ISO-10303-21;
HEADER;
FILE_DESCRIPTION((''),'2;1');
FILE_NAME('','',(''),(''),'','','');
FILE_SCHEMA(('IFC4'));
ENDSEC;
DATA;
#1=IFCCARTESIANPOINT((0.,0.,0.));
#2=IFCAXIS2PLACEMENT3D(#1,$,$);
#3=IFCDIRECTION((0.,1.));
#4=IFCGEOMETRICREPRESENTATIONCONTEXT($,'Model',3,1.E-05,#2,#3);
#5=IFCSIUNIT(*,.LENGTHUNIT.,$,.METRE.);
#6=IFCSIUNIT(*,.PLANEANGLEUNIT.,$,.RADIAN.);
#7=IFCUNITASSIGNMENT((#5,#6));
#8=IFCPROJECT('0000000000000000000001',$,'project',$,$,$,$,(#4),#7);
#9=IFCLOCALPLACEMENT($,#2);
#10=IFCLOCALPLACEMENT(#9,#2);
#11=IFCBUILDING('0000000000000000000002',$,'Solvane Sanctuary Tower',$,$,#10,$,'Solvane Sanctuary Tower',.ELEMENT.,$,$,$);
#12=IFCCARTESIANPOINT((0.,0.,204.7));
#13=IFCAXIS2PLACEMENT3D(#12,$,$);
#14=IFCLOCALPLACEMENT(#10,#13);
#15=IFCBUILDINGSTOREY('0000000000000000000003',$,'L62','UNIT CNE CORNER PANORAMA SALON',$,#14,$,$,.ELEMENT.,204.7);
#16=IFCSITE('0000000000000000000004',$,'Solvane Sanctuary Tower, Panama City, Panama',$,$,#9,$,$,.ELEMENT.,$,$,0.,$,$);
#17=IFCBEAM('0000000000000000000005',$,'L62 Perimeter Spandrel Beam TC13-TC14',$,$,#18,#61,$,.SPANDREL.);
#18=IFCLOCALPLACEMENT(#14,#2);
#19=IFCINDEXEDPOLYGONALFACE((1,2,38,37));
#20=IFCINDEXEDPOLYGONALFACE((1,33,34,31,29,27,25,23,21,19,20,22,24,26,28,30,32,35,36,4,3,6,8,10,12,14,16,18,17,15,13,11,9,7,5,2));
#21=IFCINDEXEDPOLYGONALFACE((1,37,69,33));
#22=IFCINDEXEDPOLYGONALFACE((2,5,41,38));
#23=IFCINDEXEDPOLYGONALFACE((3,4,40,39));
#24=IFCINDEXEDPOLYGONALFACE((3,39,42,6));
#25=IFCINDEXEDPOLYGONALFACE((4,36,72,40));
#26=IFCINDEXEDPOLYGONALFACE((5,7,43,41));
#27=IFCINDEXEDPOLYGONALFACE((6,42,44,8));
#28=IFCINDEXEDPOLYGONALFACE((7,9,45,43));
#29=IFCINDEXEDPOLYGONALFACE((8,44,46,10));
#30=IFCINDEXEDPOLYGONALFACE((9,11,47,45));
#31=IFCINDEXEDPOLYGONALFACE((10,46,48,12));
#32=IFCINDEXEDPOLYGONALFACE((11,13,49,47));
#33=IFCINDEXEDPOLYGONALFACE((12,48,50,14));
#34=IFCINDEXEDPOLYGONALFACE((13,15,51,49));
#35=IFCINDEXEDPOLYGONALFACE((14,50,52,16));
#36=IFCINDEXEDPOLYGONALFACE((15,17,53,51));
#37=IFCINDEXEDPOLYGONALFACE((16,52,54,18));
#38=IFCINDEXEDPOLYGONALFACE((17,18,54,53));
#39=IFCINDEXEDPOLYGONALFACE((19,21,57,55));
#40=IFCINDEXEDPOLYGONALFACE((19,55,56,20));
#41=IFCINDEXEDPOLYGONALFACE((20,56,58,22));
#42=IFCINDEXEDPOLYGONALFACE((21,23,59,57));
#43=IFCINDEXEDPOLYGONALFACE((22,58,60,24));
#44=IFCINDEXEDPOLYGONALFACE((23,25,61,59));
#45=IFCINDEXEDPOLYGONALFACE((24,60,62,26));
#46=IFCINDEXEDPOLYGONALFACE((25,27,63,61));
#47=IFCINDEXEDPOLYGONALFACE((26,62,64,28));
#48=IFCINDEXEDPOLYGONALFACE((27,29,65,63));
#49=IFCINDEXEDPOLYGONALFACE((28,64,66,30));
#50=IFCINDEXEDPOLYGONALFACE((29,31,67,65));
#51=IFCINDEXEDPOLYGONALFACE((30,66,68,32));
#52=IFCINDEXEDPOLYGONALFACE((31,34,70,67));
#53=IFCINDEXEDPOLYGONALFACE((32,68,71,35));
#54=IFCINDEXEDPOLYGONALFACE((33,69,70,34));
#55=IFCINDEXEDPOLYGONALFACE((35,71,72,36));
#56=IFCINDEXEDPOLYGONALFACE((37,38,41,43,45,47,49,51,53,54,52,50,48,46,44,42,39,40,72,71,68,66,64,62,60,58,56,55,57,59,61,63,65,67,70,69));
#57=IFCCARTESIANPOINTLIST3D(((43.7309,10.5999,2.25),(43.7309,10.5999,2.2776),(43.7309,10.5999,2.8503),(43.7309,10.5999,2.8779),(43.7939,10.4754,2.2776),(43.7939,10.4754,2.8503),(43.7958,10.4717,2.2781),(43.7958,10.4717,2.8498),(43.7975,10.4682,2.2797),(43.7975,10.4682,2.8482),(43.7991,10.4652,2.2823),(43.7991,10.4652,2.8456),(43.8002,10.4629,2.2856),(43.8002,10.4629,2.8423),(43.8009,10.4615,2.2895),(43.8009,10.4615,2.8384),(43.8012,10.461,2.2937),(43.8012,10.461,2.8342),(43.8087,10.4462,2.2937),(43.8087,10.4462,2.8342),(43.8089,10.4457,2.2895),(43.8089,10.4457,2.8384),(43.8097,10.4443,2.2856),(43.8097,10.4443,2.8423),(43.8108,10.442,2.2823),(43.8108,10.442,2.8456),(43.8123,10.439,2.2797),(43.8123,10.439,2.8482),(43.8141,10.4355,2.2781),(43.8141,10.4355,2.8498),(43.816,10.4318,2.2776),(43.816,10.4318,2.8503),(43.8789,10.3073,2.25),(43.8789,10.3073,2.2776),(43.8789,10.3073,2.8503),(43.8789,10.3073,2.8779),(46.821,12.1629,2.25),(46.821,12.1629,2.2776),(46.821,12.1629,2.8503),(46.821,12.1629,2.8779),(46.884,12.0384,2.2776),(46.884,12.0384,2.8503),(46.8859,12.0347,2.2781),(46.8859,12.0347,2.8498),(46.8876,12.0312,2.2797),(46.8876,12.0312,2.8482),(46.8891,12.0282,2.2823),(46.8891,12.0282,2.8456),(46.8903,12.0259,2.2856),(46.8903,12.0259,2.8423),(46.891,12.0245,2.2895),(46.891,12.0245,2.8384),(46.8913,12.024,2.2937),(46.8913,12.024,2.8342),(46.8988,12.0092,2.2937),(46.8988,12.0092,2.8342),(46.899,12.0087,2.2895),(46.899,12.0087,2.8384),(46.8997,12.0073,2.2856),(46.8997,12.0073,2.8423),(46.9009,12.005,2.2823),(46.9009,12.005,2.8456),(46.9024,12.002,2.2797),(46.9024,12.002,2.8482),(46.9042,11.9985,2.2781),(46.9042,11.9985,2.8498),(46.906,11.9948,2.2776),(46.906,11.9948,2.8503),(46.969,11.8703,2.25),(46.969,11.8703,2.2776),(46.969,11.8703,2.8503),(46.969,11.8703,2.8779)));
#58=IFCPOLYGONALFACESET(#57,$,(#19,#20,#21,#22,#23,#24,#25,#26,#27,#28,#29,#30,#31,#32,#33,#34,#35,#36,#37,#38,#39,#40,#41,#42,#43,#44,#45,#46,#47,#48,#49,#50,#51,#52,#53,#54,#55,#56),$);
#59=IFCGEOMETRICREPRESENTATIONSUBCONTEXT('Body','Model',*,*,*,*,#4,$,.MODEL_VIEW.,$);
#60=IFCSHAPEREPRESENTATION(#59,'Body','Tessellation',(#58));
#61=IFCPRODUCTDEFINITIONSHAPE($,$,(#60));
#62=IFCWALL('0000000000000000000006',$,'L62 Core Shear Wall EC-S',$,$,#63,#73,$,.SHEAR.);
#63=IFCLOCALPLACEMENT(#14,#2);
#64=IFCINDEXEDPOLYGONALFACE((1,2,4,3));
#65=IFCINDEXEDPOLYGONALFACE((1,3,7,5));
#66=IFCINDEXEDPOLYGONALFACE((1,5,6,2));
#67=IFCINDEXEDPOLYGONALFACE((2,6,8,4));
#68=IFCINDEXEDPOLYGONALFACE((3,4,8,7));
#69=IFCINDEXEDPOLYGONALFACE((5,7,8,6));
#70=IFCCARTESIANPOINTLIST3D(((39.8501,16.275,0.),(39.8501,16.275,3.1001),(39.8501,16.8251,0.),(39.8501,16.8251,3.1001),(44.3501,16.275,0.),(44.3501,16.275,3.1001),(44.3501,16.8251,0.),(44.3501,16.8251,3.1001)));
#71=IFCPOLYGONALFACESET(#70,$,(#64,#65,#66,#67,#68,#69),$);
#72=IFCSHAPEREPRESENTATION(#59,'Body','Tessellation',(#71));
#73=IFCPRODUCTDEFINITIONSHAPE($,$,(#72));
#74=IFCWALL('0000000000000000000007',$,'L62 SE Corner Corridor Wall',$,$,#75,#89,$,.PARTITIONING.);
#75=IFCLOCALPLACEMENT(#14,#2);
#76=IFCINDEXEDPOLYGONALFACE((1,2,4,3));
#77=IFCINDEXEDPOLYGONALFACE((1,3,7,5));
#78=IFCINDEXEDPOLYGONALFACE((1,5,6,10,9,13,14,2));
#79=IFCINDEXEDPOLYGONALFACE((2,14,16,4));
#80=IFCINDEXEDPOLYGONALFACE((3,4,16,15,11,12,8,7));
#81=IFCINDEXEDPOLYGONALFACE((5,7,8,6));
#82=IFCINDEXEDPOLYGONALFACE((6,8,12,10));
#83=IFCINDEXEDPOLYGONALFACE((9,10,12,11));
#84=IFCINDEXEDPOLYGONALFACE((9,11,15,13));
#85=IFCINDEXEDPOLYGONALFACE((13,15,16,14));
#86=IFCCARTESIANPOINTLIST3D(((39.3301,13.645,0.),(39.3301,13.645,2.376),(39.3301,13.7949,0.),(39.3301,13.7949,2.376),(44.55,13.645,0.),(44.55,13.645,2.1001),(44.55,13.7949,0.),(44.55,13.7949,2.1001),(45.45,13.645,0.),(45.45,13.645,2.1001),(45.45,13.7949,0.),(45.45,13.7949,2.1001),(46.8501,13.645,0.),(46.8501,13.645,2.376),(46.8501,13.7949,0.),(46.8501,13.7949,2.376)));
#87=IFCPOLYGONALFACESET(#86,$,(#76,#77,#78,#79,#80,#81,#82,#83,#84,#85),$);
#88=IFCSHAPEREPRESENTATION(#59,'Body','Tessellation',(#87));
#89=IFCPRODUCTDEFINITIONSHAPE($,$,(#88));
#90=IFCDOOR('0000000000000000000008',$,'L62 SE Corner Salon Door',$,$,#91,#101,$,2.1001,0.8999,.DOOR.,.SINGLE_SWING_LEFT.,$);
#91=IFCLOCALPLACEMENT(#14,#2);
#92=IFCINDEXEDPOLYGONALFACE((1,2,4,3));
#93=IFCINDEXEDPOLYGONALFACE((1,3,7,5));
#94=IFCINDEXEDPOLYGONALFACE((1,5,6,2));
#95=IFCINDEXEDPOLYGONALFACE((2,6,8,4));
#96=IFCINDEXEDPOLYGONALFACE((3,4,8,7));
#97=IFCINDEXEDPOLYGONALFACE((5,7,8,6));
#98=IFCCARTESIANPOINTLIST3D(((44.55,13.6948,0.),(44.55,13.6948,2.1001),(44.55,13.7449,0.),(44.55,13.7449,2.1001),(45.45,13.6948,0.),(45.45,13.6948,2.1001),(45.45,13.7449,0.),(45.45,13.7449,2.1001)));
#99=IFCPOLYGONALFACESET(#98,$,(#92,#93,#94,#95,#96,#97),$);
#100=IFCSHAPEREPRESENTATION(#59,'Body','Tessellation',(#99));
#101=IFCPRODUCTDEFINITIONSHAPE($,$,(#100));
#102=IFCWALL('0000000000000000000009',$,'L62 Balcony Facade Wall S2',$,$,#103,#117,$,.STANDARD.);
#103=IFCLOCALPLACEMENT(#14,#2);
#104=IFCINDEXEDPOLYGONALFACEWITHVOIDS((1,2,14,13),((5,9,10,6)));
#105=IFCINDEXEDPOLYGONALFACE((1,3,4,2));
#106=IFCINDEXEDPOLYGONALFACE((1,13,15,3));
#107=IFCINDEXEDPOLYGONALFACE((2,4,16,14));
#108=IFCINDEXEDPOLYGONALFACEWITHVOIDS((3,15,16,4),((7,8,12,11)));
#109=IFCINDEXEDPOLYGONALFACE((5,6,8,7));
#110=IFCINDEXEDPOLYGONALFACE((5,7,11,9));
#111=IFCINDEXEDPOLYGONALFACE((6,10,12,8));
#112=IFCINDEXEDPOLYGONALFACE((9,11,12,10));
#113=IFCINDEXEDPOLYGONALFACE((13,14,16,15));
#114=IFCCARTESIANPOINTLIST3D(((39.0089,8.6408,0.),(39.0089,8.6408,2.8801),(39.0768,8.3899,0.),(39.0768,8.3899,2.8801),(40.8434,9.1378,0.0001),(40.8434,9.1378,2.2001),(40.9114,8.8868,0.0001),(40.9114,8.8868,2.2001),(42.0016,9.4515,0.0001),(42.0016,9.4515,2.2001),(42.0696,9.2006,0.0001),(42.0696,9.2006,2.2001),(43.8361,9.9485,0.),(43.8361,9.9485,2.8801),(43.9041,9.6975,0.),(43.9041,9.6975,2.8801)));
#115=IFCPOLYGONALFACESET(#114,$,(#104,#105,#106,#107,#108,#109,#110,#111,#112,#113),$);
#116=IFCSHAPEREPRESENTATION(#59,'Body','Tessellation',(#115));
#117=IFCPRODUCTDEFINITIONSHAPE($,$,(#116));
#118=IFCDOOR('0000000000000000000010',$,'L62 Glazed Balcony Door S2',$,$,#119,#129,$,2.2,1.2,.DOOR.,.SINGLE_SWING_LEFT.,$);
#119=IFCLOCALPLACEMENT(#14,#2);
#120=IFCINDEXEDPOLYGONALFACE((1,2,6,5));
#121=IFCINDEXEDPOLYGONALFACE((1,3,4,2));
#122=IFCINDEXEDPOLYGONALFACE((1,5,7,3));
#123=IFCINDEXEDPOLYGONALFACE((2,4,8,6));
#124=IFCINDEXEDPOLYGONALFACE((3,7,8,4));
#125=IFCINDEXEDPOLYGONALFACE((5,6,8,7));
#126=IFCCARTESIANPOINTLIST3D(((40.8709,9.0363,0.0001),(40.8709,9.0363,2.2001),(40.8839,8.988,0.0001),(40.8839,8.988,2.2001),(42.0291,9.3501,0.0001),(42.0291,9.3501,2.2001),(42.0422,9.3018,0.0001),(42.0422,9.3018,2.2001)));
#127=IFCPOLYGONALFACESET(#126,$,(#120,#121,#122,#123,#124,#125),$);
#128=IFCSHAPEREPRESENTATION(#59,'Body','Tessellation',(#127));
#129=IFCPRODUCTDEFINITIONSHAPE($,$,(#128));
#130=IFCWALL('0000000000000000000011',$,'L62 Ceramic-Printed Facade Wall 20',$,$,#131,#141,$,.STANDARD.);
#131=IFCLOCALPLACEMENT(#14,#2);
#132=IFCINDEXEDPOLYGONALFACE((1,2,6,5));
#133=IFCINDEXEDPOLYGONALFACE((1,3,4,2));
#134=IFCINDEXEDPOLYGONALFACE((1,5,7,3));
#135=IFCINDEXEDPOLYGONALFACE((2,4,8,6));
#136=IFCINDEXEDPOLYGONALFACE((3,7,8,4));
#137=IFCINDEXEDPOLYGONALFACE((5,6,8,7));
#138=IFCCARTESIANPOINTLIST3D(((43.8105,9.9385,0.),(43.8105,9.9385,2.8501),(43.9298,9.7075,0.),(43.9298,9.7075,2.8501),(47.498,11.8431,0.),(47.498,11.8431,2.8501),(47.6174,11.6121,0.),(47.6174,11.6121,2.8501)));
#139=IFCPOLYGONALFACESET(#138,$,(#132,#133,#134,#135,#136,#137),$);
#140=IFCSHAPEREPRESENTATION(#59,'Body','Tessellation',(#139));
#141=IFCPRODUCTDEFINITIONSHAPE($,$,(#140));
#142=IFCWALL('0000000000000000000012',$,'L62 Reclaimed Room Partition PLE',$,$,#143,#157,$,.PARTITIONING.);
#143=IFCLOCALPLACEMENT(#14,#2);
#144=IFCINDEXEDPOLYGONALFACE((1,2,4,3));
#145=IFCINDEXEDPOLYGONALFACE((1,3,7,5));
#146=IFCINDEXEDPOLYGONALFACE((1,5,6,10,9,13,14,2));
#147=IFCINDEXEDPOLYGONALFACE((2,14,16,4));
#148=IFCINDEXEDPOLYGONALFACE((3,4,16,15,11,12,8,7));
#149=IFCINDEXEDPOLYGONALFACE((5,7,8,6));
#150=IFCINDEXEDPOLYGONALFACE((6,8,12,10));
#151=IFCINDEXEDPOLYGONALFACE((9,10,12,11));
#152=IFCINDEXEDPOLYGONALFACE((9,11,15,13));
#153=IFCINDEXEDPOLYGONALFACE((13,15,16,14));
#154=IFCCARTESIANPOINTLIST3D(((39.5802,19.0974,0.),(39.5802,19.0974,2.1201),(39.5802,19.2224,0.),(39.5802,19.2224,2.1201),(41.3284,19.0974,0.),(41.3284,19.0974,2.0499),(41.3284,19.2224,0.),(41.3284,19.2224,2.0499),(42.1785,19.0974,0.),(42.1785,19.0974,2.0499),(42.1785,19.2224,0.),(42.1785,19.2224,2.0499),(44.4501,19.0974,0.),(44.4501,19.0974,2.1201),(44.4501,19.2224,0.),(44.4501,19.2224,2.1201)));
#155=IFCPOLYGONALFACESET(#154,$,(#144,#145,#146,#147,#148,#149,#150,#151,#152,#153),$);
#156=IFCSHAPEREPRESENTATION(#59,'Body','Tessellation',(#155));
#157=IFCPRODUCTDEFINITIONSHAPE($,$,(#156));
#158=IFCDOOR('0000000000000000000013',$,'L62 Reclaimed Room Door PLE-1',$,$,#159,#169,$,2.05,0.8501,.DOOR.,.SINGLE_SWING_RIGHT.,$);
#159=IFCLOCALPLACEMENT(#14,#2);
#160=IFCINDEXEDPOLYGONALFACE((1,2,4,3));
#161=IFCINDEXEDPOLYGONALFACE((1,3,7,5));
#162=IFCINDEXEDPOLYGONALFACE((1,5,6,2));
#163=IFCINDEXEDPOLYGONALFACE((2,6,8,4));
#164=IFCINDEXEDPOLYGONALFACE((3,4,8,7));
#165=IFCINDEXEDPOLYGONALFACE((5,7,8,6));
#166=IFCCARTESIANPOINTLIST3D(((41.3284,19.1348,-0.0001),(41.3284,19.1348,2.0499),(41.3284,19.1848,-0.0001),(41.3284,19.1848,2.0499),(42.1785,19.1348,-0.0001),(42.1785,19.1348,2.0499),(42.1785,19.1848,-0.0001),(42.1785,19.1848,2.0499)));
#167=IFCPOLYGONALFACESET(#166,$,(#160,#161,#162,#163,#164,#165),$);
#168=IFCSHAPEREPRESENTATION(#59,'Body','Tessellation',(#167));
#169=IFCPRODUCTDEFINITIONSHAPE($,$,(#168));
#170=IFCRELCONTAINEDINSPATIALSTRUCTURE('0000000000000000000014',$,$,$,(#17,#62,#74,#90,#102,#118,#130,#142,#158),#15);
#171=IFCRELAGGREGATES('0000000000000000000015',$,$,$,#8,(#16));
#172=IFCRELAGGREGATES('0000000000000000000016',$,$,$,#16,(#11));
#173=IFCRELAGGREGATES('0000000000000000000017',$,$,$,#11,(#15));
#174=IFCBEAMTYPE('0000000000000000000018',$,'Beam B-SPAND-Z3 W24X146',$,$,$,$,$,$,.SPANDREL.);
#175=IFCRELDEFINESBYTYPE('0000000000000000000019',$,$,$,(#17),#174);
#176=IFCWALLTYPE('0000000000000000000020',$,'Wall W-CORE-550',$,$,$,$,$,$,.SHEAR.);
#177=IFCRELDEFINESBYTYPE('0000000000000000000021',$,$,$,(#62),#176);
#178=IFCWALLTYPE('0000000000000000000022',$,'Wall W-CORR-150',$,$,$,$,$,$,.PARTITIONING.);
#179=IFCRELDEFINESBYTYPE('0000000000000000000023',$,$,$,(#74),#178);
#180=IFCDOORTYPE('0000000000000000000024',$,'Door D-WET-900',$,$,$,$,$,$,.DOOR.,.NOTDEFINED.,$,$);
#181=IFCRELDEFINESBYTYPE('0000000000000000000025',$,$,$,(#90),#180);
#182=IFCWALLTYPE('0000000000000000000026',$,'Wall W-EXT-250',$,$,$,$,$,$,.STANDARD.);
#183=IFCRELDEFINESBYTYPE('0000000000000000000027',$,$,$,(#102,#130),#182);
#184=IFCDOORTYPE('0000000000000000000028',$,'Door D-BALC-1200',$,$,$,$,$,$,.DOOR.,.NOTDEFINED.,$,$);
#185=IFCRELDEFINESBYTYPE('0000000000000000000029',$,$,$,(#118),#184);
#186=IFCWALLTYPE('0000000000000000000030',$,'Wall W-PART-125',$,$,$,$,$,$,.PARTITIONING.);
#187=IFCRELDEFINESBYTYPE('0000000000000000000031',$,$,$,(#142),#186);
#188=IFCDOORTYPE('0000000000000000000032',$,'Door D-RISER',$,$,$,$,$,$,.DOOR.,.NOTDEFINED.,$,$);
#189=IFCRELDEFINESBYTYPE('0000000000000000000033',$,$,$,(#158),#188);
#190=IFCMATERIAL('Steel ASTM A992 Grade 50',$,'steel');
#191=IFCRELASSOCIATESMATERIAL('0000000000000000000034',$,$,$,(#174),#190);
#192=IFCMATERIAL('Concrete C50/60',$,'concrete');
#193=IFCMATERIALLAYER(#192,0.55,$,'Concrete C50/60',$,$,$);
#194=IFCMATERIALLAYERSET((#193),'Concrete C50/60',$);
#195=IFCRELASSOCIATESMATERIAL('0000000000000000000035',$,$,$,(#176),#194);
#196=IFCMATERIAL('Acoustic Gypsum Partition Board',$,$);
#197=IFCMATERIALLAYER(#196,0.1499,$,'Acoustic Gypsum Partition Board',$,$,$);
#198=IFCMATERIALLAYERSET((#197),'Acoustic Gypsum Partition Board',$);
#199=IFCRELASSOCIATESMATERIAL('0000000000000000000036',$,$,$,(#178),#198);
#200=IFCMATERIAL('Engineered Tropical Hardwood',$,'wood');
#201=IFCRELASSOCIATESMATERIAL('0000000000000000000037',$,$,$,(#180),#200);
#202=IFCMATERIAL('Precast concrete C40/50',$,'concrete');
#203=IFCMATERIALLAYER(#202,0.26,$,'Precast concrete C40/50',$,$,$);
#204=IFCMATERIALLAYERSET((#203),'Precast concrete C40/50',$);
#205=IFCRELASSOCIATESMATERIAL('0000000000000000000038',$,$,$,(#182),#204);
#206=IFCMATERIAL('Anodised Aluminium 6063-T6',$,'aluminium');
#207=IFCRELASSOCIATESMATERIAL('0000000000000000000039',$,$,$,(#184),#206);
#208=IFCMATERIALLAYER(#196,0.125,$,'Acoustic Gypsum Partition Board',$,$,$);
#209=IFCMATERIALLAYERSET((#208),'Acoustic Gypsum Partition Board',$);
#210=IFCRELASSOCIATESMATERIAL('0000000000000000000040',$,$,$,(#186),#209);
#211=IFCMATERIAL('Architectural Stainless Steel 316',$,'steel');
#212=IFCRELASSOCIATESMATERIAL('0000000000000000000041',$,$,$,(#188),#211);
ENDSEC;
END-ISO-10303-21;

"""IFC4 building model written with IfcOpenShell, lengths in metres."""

from ifc_helpers import new_model, si_unit, direction, frame, frame_2d, origin, origin_2d, place, context, subcontext, project, spatial, rectangle, i_section, extrude, material, layer, layer_set, material_profile, profile_set, type_object, element, fill, save


model = new_model("IFC4")

# Units and contexts
model_context = context("Model", 3, precision=1e-05, world=origin(), true_north=direction((0.0, 1.0)))
body_context = subcontext(model_context, "Body", "Model", "MODEL_VIEW")
ifc_project = project(units=[si_unit("LENGTHUNIT", "METRE"), si_unit("PLANEANGLEUNIT", "RADIAN")], contexts=[model_context])

# Site, building, storey
site_placement = place(None, origin())
site = spatial("IfcSite", under=ifc_project, at=site_placement, Name="Solvane Sanctuary Tower, Panama City, Panama", CompositionType="ELEMENT", RefElevation=0.0)
building_placement = place(site_placement, origin())
building = spatial("IfcBuilding", under=site, at=building_placement, Name="Solvane Sanctuary Tower", LongName="Solvane Sanctuary Tower", CompositionType="ELEMENT")
storey_placement = place(building_placement, frame((0.0, 0.0, 204.7)))
storey = spatial("IfcBuildingStorey", under=building, at=storey_placement, Name="L62", Description="UNIT CNE CORNER PANORAMA SALON", CompositionType="ELEMENT", Elevation=204.7)

# Shared definitions
ifc_material_1 = material(Name="Concrete C50/60", Category="concrete")

# Beam
ifc_material_2 = material(Name="Steel ASTM A992 Grade 50", Category="steel")
ifc_material_profile_1 = material_profile(ifc_material_2, i_section(OverallWidth=0.3279, OverallDepth=0.6279, WebThickness=0.0166, FlangeThickness=0.0276, FilletRadius=0.0161, at=origin_2d()), Name="W24X146")
ifc_profile_set_1 = profile_set([ifc_material_profile_1], Name="Steel ASTM A992 Grade 50")
beam_type_1 = type_object("IfcBeamType", Name="Beam B-SPAND-Z3 W24X146", PredefinedType="SPANDREL", material=ifc_profile_set_1)
beam_1_placement = place(storey_placement, frame((43.8049, 10.4536, 2.564), z_axis=(0.892345, 0.451354, 0.0), x_axis=(-0.451354, 0.892345, 0.0)))
element("IfcBeam", 1, at=beam_1_placement, inside=storey, type_object=beam_type_1, Name="L62 Perimeter Spandrel Beam TC13-TC14", PredefinedType="SPANDREL", context=body_context, shape_type="SweptSolid", body=[
    extrude(i_section(OverallWidth=0.3279, OverallDepth=0.6279, WebThickness=0.0166, FlangeThickness=0.0276, FilletRadius=0.0161, at=origin_2d()), origin(), (0.0, 0.0, 1.0), 3.4629),
])

# Wall
ifc_layer_1 = layer(ifc_material_1, 0.55, Name="Concrete C50/60")
ifc_layer_set_1 = layer_set([ifc_layer_1], Name="Concrete C50/60")
wall_type_1 = type_object("IfcWallType", Name="Wall W-CORE-550", PredefinedType="SHEAR", material=ifc_layer_set_1)
wall_1_placement = place(storey_placement, frame((39.8501, 16.55, 0.0), z_axis=(0.0, 0.0, 1.0), x_axis=(1.0, 0.0, 0.0)))
element("IfcWall", 2, at=wall_1_placement, inside=storey, type_object=wall_type_1, Name="L62 Core Shear Wall EC-S", PredefinedType="SHEAR", context=body_context, shape_type="SweptSolid", body=[
    extrude(rectangle(XDim=4.5, YDim=0.55, at=frame_2d((2.25, 0.0))), origin(), (0.0, 0.0, 1.0), 3.1001),
])

# Walls, openings, doors
ifc_material_3 = material(Name="Acoustic Gypsum Partition Board")
ifc_layer_2 = layer(ifc_material_3, 0.1499, Name="Acoustic Gypsum Partition Board")
ifc_layer_set_2 = layer_set([ifc_layer_2], Name="Acoustic Gypsum Partition Board")
wall_type_2 = type_object("IfcWallType", Name="Wall W-CORR-150", PredefinedType="PARTITIONING", material=ifc_layer_set_2)
wall_2_placement = place(storey_placement, frame((39.3301, 13.72, 0.0), z_axis=(0.0, 0.0, 1.0), x_axis=(1.0, 0.0, 0.0)))
wall_2 = element("IfcWall", 3, at=wall_2_placement, inside=storey, type_object=wall_type_2, Name="L62 SE Corner Corridor Wall", PredefinedType="PARTITIONING", context=body_context, shape_type="SweptSolid", body=[
    extrude(rectangle(XDim=7.52, YDim=0.1499, at=frame_2d((3.76, 0.0))), origin(), (0.0, 0.0, 1.0), 2.376),
])
opening_1_placement = place(wall_2_placement, frame((5.22, 0.0, 0.0)))
opening_1 = element("IfcOpeningElement", 4, at=opening_1_placement, cuts=wall_2, PredefinedType="OPENING", context=body_context, shape_type="SweptSolid", body=[
    extrude(rectangle(XDim=0.8999, YDim=2.1001, at=frame_2d((0.45, 1.05))), frame((0.0, 0.085, 0.0), z_axis=(0.0, -1.0, 0.0), x_axis=(1.0, 0.0, 0.0)), (0.0, 0.0, 1.0), 0.1699),
])
ifc_material_4 = material(Name="Engineered Tropical Hardwood", Category="wood")
door_type_1 = type_object("IfcDoorType", Name="Door D-WET-900", OperationType="NOTDEFINED", PredefinedType="DOOR", material=ifc_material_4)
door_1_placement = place(opening_1_placement, origin())
door_1 = element("IfcDoor", 5, at=door_1_placement, inside=storey, type_object=door_type_1, Name="L62 SE Corner Salon Door", OperationType="SINGLE_SWING_LEFT", OverallHeight=2.1001, OverallWidth=0.8999, PredefinedType="DOOR", context=body_context, shape_type="SweptSolid", body=[
    extrude(rectangle(XDim=0.8999, YDim=2.1001, at=frame_2d((0.45, 1.05))), frame((0.0, 0.0249, 0.0), z_axis=(0.0, -1.0, 0.0), x_axis=(1.0, 0.0, 0.0)), (0.0, 0.0, 1.0), 0.05),
])
fill(opening_1, door_1)
ifc_material_5 = material(Name="Precast concrete C40/50", Category="concrete")
ifc_layer_3 = layer(ifc_material_5, 0.26, Name="Precast concrete C40/50")
ifc_layer_set_3 = layer_set([ifc_layer_3], Name="Precast concrete C40/50")
wall_type_3 = type_object("IfcWallType", Name="Wall W-EXT-250", PredefinedType="STANDARD", material=ifc_layer_set_3)
wall_3_placement = place(storey_placement, frame((39.043, 8.5154, 0.0), z_axis=(0.0, 0.0, 1.0), x_axis=(0.965213, 0.261465, 0.0)))
wall_3 = element("IfcWall", 6, at=wall_3_placement, inside=storey, type_object=wall_type_3, Name="L62 Balcony Facade Wall S2", PredefinedType="STANDARD", context=body_context, shape_type="SweptSolid", body=[
    extrude(rectangle(XDim=5.0012, YDim=0.26, at=frame_2d((2.5005, 0.0))), origin(), (0.0, 0.0, 1.0), 2.8801),
])
opening_2_placement = place(wall_3_placement, frame((1.9004, 0.0, 0.0)))
opening_2 = element("IfcOpeningElement", 7, at=opening_2_placement, cuts=wall_3, PredefinedType="OPENING", context=body_context, shape_type="SweptSolid", body=[
    extrude(rectangle(XDim=1.2, YDim=2.2, at=frame_2d((0.6001, 1.1001))), frame((0.0, 0.1399, 0.0), z_axis=(0.0, -1.0, 0.0), x_axis=(1.0, 0.0, 0.0)), (0.0, 0.0, 1.0), 0.28),
])
ifc_material_6 = material(Name="Anodised Aluminium 6063-T6", Category="aluminium")
door_type_2 = type_object("IfcDoorType", Name="Door D-BALC-1200", OperationType="NOTDEFINED", PredefinedType="DOOR", material=ifc_material_6)
door_2_placement = place(opening_2_placement, origin())
door_2 = element("IfcDoor", 8, at=door_2_placement, inside=storey, type_object=door_type_2, Name="L62 Glazed Balcony Door S2", OperationType="SINGLE_SWING_LEFT", OverallHeight=2.2, OverallWidth=1.2, PredefinedType="DOOR", context=body_context, shape_type="SweptSolid", body=[
    extrude(rectangle(XDim=1.2, YDim=2.2, at=frame_2d((0.6001, 1.1001))), frame((0.0, 0.0249, 0.0), z_axis=(0.0, -1.0, 0.0), x_axis=(1.0, 0.0, 0.0)), (0.0, 0.0, 1.0), 0.05),
])
fill(opening_2, door_2)

# Wall
wall_4_placement = place(storey_placement, frame((43.8701, 9.823, 0.0), z_axis=(0.0, 0.0, 1.0), x_axis=(0.888491, 0.458893, 0.0)))
element("IfcWall", 9, at=wall_4_placement, inside=storey, type_object=wall_type_3, Name="L62 Ceramic-Printed Facade Wall 20", PredefinedType="STANDARD", context=body_context, shape_type="SweptSolid", body=[
    extrude(rectangle(XDim=4.1504, YDim=0.26, at=frame_2d((2.0752, 0.0))), origin(), (0.0, 0.0, 1.0), 2.8501),
])

# Wall, opening, door
ifc_layer_4 = layer(ifc_material_3, 0.125, Name="Acoustic Gypsum Partition Board")
ifc_layer_set_4 = layer_set([ifc_layer_4], Name="Acoustic Gypsum Partition Board")
wall_type_4 = type_object("IfcWallType", Name="Wall W-PART-125", PredefinedType="PARTITIONING", material=ifc_layer_set_4)
wall_5_placement = place(storey_placement, frame((39.5801, 19.1599, 0.0), z_axis=(0.0, 0.0, 1.0), x_axis=(1.0, 0.0, 0.0)))
wall_5 = element("IfcWall", 10, at=wall_5_placement, inside=storey, type_object=wall_type_4, Name="L62 Reclaimed Room Partition PLE", PredefinedType="PARTITIONING", context=body_context, shape_type="SweptSolid", body=[
    extrude(rectangle(XDim=4.8699, YDim=0.125, at=frame_2d((2.4351, 0.0))), origin(), (0.0, 0.0, 1.0), 2.1201),
])
opening_3_placement = place(wall_5_placement, frame((1.7483, 0.0, 0.0)))
opening_3 = element("IfcOpeningElement", 11, at=opening_3_placement, cuts=wall_5, PredefinedType="OPENING", context=body_context, shape_type="SweptSolid", body=[
    extrude(rectangle(XDim=0.8501, YDim=2.05, at=frame_2d((0.425, 1.0249))), frame((0.0, 0.0725, 0.0), z_axis=(0.0, -1.0, 0.0), x_axis=(1.0, 0.0, 0.0)), (0.0, 0.0, 1.0), 0.145),
])
ifc_material_7 = material(Name="Architectural Stainless Steel 316", Category="steel")
door_type_3 = type_object("IfcDoorType", Name="Door D-RISER", OperationType="NOTDEFINED", PredefinedType="DOOR", material=ifc_material_7)
door_3_placement = place(opening_3_placement, origin())
door_3 = element("IfcDoor", 12, at=door_3_placement, inside=storey, type_object=door_type_3, Name="L62 Reclaimed Room Door PLE-1", OperationType="SINGLE_SWING_RIGHT", OverallHeight=2.05, OverallWidth=0.8501, PredefinedType="DOOR", context=body_context, shape_type="SweptSolid", body=[
    extrude(rectangle(XDim=0.8501, YDim=2.05, at=frame_2d((0.425, 1.0249))), frame((0.0, 0.0249, 0.0), z_axis=(0.0, -1.0, 0.0), x_axis=(1.0, 0.0, 0.0)), (0.0, 0.0, 1.0), 0.05),
])
fill(opening_3, door_3)

save(model, "model.ifc")
